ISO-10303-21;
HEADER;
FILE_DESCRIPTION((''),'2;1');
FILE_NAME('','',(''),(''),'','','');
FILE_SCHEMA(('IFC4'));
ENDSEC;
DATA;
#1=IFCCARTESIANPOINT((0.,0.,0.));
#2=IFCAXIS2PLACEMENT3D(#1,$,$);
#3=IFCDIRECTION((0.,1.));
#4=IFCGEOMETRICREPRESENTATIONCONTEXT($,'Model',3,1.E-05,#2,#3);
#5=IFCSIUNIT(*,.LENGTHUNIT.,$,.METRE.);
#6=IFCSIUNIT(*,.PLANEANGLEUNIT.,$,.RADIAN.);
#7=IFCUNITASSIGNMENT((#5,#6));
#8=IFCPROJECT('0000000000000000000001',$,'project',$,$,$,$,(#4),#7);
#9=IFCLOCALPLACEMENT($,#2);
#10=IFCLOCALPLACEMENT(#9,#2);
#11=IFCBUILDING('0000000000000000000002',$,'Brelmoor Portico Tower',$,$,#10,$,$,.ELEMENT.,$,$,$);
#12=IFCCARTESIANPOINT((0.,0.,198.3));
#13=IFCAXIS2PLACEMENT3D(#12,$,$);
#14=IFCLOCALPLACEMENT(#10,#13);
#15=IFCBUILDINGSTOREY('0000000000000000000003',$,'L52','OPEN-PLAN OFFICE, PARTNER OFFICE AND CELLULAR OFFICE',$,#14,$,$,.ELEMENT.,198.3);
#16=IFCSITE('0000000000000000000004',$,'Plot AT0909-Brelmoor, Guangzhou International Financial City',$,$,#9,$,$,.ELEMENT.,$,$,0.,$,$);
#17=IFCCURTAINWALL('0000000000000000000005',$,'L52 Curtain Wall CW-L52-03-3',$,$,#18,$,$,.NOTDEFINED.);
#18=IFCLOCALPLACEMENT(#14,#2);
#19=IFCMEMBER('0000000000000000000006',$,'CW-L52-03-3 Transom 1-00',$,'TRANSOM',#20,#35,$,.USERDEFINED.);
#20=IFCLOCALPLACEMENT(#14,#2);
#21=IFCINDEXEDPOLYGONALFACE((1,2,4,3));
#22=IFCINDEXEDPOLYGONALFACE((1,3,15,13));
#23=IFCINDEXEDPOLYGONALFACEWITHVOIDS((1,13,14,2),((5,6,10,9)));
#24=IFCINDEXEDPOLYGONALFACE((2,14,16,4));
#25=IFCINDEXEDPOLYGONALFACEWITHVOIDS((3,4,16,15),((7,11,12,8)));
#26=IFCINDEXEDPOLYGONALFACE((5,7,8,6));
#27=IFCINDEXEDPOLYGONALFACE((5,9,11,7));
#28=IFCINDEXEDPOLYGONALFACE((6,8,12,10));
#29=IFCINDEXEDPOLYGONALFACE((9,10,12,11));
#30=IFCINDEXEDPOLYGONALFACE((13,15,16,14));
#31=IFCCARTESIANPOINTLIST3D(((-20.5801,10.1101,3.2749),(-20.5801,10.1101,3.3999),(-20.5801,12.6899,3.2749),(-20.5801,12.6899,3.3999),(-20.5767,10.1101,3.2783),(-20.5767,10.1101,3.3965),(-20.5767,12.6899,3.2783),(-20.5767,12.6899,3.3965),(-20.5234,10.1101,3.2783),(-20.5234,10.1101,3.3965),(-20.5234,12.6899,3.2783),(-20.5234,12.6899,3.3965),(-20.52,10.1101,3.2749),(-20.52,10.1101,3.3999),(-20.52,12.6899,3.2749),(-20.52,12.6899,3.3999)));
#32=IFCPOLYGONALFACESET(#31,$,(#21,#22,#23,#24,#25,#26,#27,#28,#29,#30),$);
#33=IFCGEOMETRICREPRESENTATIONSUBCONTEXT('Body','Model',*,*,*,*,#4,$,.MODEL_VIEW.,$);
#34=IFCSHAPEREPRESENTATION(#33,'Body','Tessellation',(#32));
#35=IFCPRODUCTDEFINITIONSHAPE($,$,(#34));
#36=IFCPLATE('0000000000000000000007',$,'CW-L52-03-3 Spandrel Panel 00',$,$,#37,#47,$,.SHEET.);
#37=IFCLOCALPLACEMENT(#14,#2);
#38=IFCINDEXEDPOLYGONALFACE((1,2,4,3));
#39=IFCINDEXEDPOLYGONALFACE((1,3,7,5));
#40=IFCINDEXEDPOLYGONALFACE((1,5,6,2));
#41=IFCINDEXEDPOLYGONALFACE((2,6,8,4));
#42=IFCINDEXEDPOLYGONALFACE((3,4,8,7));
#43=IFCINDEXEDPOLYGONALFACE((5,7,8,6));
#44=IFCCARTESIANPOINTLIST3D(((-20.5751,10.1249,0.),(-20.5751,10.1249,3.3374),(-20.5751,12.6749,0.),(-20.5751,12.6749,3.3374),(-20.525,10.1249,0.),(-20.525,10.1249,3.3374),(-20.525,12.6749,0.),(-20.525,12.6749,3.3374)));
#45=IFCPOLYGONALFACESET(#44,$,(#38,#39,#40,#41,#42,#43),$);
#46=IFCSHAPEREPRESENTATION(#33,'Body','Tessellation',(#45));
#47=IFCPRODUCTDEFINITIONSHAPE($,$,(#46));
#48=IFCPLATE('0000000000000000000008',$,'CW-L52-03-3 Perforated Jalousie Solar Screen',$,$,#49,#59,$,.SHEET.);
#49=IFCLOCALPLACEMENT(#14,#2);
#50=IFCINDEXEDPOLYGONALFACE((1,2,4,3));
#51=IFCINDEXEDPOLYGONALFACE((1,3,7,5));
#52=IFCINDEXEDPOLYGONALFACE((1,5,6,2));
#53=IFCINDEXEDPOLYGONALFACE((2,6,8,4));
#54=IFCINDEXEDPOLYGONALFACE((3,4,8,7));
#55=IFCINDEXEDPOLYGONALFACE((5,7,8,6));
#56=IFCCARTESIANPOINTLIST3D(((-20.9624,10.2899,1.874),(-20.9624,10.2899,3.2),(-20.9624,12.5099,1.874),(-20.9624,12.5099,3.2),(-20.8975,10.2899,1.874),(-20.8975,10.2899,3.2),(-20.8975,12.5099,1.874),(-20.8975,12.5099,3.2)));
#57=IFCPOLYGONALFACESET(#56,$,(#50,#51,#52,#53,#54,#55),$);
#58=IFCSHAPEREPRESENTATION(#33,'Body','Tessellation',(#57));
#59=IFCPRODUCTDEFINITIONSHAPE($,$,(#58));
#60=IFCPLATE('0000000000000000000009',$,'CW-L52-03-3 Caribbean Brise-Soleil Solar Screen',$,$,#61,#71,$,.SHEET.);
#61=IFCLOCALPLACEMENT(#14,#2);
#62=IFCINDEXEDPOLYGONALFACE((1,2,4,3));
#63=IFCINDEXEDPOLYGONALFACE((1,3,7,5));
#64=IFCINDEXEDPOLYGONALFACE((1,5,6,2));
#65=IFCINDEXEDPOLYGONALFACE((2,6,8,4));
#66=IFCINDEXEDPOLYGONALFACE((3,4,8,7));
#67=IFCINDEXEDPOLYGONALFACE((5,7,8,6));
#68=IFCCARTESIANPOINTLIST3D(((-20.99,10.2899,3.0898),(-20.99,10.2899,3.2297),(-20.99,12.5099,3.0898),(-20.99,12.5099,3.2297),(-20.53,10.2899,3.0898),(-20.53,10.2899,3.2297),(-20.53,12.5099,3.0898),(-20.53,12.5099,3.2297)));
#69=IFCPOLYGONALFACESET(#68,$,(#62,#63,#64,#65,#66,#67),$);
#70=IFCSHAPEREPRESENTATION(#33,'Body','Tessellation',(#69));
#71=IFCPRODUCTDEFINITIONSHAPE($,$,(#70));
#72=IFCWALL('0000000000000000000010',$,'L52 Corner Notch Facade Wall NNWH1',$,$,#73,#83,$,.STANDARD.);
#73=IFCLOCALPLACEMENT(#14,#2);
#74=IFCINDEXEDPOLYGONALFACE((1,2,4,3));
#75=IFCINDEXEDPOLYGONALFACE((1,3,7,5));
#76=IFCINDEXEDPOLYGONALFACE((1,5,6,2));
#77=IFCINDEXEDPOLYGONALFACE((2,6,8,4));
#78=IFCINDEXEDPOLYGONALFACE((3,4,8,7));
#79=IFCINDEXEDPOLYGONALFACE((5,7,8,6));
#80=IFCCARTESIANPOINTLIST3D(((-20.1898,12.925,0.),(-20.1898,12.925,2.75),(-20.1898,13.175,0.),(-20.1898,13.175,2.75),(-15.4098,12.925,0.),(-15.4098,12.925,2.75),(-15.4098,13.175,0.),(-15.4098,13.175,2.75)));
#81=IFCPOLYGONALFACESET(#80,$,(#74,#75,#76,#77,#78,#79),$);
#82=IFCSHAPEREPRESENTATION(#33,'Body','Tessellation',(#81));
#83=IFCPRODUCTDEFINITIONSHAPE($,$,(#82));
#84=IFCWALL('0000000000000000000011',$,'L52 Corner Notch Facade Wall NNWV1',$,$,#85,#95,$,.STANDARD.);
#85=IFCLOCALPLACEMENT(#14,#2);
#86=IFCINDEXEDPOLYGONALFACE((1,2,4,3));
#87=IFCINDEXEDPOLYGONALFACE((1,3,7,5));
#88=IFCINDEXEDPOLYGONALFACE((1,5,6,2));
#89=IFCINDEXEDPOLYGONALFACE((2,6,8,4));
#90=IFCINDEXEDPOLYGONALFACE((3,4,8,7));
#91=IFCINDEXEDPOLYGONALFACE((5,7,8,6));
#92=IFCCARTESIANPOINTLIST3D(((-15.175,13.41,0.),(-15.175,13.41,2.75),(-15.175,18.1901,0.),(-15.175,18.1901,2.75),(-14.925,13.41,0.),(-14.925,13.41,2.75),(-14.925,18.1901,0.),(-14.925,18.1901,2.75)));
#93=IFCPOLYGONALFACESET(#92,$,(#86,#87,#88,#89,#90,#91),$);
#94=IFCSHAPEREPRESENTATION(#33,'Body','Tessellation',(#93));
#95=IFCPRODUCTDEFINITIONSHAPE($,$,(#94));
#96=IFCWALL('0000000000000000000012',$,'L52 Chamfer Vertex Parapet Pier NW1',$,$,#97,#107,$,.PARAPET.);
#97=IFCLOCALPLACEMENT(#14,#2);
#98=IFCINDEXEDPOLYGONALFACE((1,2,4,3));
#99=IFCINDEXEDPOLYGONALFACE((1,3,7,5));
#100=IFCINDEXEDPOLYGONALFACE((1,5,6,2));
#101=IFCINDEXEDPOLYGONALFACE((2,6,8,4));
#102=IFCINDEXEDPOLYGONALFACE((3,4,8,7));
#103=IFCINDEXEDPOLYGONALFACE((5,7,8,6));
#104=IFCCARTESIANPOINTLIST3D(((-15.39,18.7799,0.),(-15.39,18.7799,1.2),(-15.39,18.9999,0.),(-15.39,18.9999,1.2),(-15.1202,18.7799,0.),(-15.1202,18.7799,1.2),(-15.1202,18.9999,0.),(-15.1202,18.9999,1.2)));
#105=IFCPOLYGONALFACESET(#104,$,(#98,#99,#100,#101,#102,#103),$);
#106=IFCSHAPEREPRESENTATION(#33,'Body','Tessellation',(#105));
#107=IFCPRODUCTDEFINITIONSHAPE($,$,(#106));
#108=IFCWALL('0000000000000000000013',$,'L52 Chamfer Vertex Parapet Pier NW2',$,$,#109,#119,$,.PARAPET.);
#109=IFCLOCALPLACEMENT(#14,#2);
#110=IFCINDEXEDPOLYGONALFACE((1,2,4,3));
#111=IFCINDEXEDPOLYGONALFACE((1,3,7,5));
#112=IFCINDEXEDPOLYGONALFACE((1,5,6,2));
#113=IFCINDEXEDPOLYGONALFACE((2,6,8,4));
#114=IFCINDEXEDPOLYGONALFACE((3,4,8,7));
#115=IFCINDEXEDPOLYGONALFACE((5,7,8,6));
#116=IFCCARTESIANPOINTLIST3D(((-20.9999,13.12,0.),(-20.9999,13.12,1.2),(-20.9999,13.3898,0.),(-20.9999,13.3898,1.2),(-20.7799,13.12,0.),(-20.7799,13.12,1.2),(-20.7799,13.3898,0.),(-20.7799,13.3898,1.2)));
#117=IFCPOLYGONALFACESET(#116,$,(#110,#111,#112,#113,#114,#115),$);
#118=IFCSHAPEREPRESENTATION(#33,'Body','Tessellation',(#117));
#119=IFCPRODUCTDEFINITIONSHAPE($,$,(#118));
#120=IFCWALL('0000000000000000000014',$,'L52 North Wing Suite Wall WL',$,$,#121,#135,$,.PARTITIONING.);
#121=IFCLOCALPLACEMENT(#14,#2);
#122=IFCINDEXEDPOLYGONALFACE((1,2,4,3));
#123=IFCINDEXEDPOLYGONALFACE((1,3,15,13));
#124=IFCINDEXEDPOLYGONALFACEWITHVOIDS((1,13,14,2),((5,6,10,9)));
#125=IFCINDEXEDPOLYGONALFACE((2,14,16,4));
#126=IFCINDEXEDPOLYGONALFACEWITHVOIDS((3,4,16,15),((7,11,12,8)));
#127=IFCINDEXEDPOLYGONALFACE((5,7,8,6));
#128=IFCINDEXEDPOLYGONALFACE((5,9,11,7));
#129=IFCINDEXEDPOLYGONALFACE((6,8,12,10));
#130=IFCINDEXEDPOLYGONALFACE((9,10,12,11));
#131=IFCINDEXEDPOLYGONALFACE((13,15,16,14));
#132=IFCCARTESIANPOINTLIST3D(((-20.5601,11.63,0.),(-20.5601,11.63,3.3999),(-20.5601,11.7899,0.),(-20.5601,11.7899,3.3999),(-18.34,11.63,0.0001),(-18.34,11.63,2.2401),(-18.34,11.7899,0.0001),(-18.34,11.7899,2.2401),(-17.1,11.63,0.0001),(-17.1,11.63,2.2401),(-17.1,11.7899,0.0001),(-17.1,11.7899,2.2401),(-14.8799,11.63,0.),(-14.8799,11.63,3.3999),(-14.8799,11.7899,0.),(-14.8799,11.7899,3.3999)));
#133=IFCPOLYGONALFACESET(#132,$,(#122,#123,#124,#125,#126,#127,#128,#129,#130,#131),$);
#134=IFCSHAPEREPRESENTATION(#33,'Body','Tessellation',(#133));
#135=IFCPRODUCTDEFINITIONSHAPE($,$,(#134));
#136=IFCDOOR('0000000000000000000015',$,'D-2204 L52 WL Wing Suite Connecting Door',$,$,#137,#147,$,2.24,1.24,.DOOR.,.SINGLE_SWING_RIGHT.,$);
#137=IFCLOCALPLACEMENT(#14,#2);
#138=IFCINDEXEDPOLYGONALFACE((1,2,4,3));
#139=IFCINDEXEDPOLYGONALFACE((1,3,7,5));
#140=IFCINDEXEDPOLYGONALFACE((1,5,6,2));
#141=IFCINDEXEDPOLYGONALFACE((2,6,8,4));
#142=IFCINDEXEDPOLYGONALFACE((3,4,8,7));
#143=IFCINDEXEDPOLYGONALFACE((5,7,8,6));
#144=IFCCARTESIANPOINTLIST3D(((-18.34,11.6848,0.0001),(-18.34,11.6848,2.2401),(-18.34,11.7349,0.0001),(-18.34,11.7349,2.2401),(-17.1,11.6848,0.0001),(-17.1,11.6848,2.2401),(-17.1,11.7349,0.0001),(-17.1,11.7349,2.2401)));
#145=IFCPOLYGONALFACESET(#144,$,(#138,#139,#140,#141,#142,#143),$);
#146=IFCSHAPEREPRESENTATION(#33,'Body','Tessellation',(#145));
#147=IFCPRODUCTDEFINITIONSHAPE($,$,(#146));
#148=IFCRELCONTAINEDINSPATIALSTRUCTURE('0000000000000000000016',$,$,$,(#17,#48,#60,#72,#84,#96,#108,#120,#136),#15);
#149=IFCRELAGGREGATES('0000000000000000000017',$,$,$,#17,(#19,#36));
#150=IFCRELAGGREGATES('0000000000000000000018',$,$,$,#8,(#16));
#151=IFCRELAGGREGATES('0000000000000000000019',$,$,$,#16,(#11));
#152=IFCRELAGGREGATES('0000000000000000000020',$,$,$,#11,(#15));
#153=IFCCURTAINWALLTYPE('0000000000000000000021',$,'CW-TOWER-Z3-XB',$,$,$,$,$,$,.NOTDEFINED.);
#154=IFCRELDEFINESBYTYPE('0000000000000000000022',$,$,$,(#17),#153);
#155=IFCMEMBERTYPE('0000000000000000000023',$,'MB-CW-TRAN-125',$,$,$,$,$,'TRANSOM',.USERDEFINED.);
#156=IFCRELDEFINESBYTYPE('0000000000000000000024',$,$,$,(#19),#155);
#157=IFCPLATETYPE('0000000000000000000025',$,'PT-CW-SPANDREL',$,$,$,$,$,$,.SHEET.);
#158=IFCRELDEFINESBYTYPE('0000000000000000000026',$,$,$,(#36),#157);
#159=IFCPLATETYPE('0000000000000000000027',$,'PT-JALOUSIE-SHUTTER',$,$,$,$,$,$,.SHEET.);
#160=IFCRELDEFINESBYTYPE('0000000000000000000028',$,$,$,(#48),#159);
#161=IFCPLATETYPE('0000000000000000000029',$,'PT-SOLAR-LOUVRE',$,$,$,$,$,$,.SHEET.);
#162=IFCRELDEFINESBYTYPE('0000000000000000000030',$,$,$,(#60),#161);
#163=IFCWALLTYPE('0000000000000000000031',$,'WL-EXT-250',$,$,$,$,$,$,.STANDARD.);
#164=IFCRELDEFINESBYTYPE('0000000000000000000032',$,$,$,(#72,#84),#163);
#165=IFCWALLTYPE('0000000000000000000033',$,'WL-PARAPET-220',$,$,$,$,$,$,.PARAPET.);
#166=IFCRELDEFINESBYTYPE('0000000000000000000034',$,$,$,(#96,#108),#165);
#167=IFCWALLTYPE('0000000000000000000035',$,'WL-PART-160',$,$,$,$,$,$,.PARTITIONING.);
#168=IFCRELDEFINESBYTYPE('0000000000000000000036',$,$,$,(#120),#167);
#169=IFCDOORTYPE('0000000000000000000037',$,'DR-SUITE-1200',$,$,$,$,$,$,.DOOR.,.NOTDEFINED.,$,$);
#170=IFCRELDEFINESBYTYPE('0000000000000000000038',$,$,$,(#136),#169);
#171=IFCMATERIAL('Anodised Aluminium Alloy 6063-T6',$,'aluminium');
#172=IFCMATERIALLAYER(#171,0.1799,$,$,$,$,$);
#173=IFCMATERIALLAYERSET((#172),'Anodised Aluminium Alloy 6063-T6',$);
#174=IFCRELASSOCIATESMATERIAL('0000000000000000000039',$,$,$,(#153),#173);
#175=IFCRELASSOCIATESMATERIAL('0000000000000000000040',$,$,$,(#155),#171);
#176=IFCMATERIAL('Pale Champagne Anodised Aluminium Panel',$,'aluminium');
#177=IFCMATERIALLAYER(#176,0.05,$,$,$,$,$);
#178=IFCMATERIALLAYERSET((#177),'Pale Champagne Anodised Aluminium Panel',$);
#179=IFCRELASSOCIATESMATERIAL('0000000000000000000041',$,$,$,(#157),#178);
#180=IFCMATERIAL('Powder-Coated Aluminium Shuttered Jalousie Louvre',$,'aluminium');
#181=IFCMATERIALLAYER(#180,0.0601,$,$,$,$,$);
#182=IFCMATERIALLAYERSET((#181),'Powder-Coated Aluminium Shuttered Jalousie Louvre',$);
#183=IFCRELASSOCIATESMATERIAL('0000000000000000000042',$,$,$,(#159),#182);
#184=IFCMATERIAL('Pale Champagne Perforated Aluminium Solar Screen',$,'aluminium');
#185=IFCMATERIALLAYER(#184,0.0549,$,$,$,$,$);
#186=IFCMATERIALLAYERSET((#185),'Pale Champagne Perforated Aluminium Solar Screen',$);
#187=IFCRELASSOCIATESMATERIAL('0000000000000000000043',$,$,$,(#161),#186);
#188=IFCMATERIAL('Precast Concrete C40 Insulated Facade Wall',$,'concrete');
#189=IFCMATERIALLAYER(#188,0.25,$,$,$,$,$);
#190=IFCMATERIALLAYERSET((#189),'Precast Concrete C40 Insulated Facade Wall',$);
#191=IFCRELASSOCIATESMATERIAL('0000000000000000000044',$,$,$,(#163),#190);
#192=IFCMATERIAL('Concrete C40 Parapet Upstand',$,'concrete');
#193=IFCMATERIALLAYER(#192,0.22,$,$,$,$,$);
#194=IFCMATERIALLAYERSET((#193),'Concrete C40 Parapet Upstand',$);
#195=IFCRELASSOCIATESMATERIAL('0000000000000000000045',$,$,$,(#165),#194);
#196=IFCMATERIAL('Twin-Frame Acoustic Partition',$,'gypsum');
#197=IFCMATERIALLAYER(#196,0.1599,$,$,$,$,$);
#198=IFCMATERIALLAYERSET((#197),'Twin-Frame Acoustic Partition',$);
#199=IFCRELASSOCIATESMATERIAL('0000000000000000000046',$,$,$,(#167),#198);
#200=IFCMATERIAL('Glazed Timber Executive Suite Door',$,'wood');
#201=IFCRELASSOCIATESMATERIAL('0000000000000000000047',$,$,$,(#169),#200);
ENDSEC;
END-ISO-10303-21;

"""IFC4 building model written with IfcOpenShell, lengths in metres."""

from ifc_helpers import new_model, si_unit, direction, frame, frame_2d, origin, origin_2d, place, context, subcontext, project, spatial, rectangle, hollow_rectangle, extrude, material, layer, layer_set, material_profile, profile_set, type_object, element, fill, aggregate, save


model = new_model("IFC4")

# Units and contexts
model_context = context("Model", 3, precision=1e-05, world=origin(), true_north=direction((0.0, 1.0)))
body_context = subcontext(model_context, "Body", "Model", "MODEL_VIEW")
ifc_project = project(units=[si_unit("LENGTHUNIT", "METRE"), si_unit("PLANEANGLEUNIT", "RADIAN")], contexts=[model_context])

# Site, building, storey
site_placement = place(None, origin())
site = spatial("IfcSite", under=ifc_project, at=site_placement, Name="Plot AT0909-Brelmoor, Guangzhou International Financial City", CompositionType="ELEMENT", RefElevation=0.0)
building_placement = place(site_placement, origin())
building = spatial("IfcBuilding", under=site, at=building_placement, Name="Brelmoor Portico Tower", CompositionType="ELEMENT")
storey_placement = place(building_placement, frame((0.0, 0.0, 198.3)))
storey = spatial("IfcBuildingStorey", under=building, at=storey_placement, Name="L52", Description="OPEN-PLAN OFFICE, PARTNER OFFICE AND CELLULAR OFFICE", CompositionType="ELEMENT", Elevation=198.3)

# Shared definitions
ifc_material_1 = material(Name="Anodised Aluminium Alloy 6063-T6", Category="aluminium")
ifc_layer_1 = layer(ifc_material_1, 0.1799)
ifc_layer_set_1 = layer_set([ifc_layer_1], Name="Anodised Aluminium Alloy 6063-T6")
curtain_wall_type = type_object("IfcCurtainWallType", Name="CW-TOWER-Z3-XB", PredefinedType="NOTDEFINED", material=ifc_layer_set_1)

# Curtain wall
curtain_wall_1_placement = place(storey_placement, origin())
curtain_wall_1 = element("IfcCurtainWall", 1, at=curtain_wall_1_placement, inside=storey, type_object=curtain_wall_type, Name="L52 Curtain Wall CW-L52-03-3", PredefinedType="NOTDEFINED")

# Member
ifc_material_profile_1 = material_profile(ifc_material_1, hollow_rectangle(XDim=0.0601, YDim=0.125, WallThickness=0.0034, at=origin_2d()), Name="ALU TRANSOM 60x125")
ifc_profile_set_1 = profile_set([ifc_material_profile_1], Name="Anodised Aluminium Alloy 6063-T6")
member_type_1 = type_object("IfcMemberType", Name="MB-CW-TRAN-125", ElementType="TRANSOM", PredefinedType="USERDEFINED", material=ifc_profile_set_1)
member_1_placement = place(storey_placement, frame((-20.55, 10.1101, 3.3374), z_axis=(0.0, 1.0, 0.0), x_axis=(-1.0, 0.0, 0.0)))
member_1 = element("IfcMember", 2, at=member_1_placement, type_object=member_type_1, Name="CW-L52-03-3 Transom 1-00", ObjectType="TRANSOM", PredefinedType="USERDEFINED", context=body_context, shape_type="SweptSolid", body=[
    extrude(hollow_rectangle(XDim=0.0601, YDim=0.125, WallThickness=0.0034, at=origin_2d()), origin(), (0.0, 0.0, 1.0), 2.5798),
])

# Plate
ifc_material_2 = material(Name="Pale Champagne Anodised Aluminium Panel", Category="aluminium")
ifc_layer_2 = layer(ifc_material_2, 0.05)
ifc_layer_set_2 = layer_set([ifc_layer_2], Name="Pale Champagne Anodised Aluminium Panel")
plate_type_1 = type_object("IfcPlateType", Name="PT-CW-SPANDREL", PredefinedType="SHEET", material=ifc_layer_set_2)
plate_1_placement = place(storey_placement, frame((-20.55, 11.3999, 0.0), z_axis=(0.0, 0.0, 1.0), x_axis=(0.0, 1.0, 0.0)))
plate_1 = element("IfcPlate", 3, at=plate_1_placement, type_object=plate_type_1, Name="CW-L52-03-3 Spandrel Panel 00", PredefinedType="SHEET", context=body_context, shape_type="SweptSolid", body=[
    extrude(rectangle(XDim=2.55, YDim=0.05, at=origin_2d()), origin(), (0.0, 0.0, 1.0), 3.3374),
])
aggregate(curtain_wall_1, [member_1, plate_1])

# Plates
ifc_material_3 = material(Name="Powder-Coated Aluminium Shuttered Jalousie Louvre", Category="aluminium")
ifc_layer_3 = layer(ifc_material_3, 0.0601)
ifc_layer_set_3 = layer_set([ifc_layer_3], Name="Powder-Coated Aluminium Shuttered Jalousie Louvre")
plate_type_2 = type_object("IfcPlateType", Name="PT-JALOUSIE-SHUTTER", PredefinedType="SHEET", material=ifc_layer_set_3)
plate_2_placement = place(storey_placement, frame((-20.9299, 11.3999, 1.874), z_axis=(0.0, 0.0, 1.0), x_axis=(0.0, 1.0, 0.0)))
element("IfcPlate", 4, at=plate_2_placement, inside=storey, type_object=plate_type_2, Name="CW-L52-03-3 Perforated Jalousie Solar Screen", PredefinedType="SHEET", context=body_context, shape_type="SweptSolid", body=[
    extrude(rectangle(XDim=2.22, YDim=0.0649, at=origin_2d()), origin(), (0.0, 0.0, 1.0), 1.3259),
])
ifc_material_4 = material(Name="Pale Champagne Perforated Aluminium Solar Screen", Category="aluminium")
ifc_layer_4 = layer(ifc_material_4, 0.0549)
ifc_layer_set_4 = layer_set([ifc_layer_4], Name="Pale Champagne Perforated Aluminium Solar Screen")
plate_type_3 = type_object("IfcPlateType", Name="PT-SOLAR-LOUVRE", PredefinedType="SHEET", material=ifc_layer_set_4)
plate_3_placement = place(storey_placement, frame((-20.76, 11.3999, 3.0898), z_axis=(0.0, 0.0, 1.0), x_axis=(0.0, 1.0, 0.0)))
element("IfcPlate", 5, at=plate_3_placement, inside=storey, type_object=plate_type_3, Name="CW-L52-03-3 Caribbean Brise-Soleil Solar Screen", PredefinedType="SHEET", context=body_context, shape_type="SweptSolid", body=[
    extrude(rectangle(XDim=2.22, YDim=0.46, at=origin_2d()), origin(), (0.0, 0.0, 1.0), 0.1399),
])

# Walls
ifc_material_5 = material(Name="Precast Concrete C40 Insulated Facade Wall", Category="concrete")
ifc_layer_5 = layer(ifc_material_5, 0.25)
ifc_layer_set_5 = layer_set([ifc_layer_5], Name="Precast Concrete C40 Insulated Facade Wall")
wall_type_1 = type_object("IfcWallType", Name="WL-EXT-250", PredefinedType="STANDARD", material=ifc_layer_set_5)
for number, where, z_axis, x_axis, name in (
    (6, (-20.1899, 13.05, 0.0), (0.0, 0.0, 1.0), (1.0, 0.0, 0.0), "L52 Corner Notch Facade Wall NNWH1"),
    (7, (-15.05, 13.4099, 0.0), (0.0, 0.0, 1.0), (0.0, 1.0, 0.0), "L52 Corner Notch Facade Wall NNWV1"),
):
    element("IfcWall", number, at=place(storey_placement, frame(where, z_axis=z_axis, x_axis=x_axis)), inside=storey, type_object=wall_type_1, Name=name, PredefinedType="STANDARD", context=body_context, shape_type="SweptSolid", body=[
        extrude(rectangle(XDim=4.78, YDim=0.25, at=frame_2d((2.3901, 0.0))), origin(), (0.0, 0.0, 1.0), 2.75),
    ])
ifc_material_6 = material(Name="Concrete C40 Parapet Upstand", Category="concrete")
ifc_layer_6 = layer(ifc_material_6, 0.22)
ifc_layer_set_6 = layer_set([ifc_layer_6], Name="Concrete C40 Parapet Upstand")
wall_type_2 = type_object("IfcWallType", Name="WL-PARAPET-220", PredefinedType="PARAPET", material=ifc_layer_set_6)
for number, where, z_axis, x_axis, name in (
    (8, (-15.3899, 18.8899, 0.0), (0.0, 0.0, 1.0), (1.0, 0.0, 0.0), "L52 Chamfer Vertex Parapet Pier NW1"),
    (9, (-20.8899, 13.1201, 0.0), (0.0, 0.0, 1.0), (0.0, 1.0, 0.0), "L52 Chamfer Vertex Parapet Pier NW2"),
):
    element("IfcWall", number, at=place(storey_placement, frame(where, z_axis=z_axis, x_axis=x_axis)), inside=storey, type_object=wall_type_2, Name=name, PredefinedType="PARAPET", context=body_context, shape_type="SweptSolid", body=[
        extrude(rectangle(XDim=0.2698, YDim=0.22, at=frame_2d((0.1348, 0.0))), origin(), (0.0, 0.0, 1.0), 1.2),
    ])

# Wall, opening, door
ifc_material_7 = material(Name="Twin-Frame Acoustic Partition", Category="gypsum")
ifc_layer_7 = layer(ifc_material_7, 0.1599)
ifc_layer_set_7 = layer_set([ifc_layer_7], Name="Twin-Frame Acoustic Partition")
wall_type_3 = type_object("IfcWallType", Name="WL-PART-160", PredefinedType="PARTITIONING", material=ifc_layer_set_7)
wall_placement = place(storey_placement, frame((-20.5601, 11.71, 0.0), z_axis=(0.0, 0.0, 1.0), x_axis=(1.0, 0.0, 0.0)))
wall = element("IfcWall", 10, at=wall_placement, inside=storey, type_object=wall_type_3, Name="L52 North Wing Suite Wall WL", PredefinedType="PARTITIONING", context=body_context, shape_type="SweptSolid", body=[
    extrude(rectangle(XDim=5.6802, YDim=0.1599, at=frame_2d((2.8401, 0.0))), origin(), (0.0, 0.0, 1.0), 3.3999),
])
opening_placement = place(wall_placement, frame((2.22, 0.0, 0.0)))
opening = element("IfcOpeningElement", 11, at=opening_placement, cuts=wall, PredefinedType="OPENING", context=body_context, shape_type="SweptSolid", body=[
    extrude(rectangle(XDim=1.24, YDim=2.24, at=frame_2d((0.6201, 1.1201))), frame((0.0, 0.0898, 0.0), z_axis=(0.0, -1.0, 0.0), x_axis=(1.0, 0.0, 0.0)), (0.0, 0.0, 1.0), 0.1799),
])
ifc_material_8 = material(Name="Glazed Timber Executive Suite Door", Category="wood")
door_type = type_object("IfcDoorType", Name="DR-SUITE-1200", OperationType="NOTDEFINED", PredefinedType="DOOR", material=ifc_material_8)
door_placement = place(opening_placement, origin())
door = element("IfcDoor", 12, at=door_placement, inside=storey, type_object=door_type, Name="D-2204 L52 WL Wing Suite Connecting Door", OperationType="SINGLE_SWING_RIGHT", OverallHeight=2.24, OverallWidth=1.24, PredefinedType="DOOR", context=body_context, shape_type="SweptSolid", body=[
    extrude(rectangle(XDim=1.24, YDim=2.24, at=frame_2d((0.6201, 1.1201))), frame((0.0, 0.0249, 0.0), z_axis=(0.0, -1.0, 0.0), x_axis=(1.0, 0.0, 0.0)), (0.0, 0.0, 1.0), 0.05),
])
fill(opening, door)

save(model, "model.ifc")
